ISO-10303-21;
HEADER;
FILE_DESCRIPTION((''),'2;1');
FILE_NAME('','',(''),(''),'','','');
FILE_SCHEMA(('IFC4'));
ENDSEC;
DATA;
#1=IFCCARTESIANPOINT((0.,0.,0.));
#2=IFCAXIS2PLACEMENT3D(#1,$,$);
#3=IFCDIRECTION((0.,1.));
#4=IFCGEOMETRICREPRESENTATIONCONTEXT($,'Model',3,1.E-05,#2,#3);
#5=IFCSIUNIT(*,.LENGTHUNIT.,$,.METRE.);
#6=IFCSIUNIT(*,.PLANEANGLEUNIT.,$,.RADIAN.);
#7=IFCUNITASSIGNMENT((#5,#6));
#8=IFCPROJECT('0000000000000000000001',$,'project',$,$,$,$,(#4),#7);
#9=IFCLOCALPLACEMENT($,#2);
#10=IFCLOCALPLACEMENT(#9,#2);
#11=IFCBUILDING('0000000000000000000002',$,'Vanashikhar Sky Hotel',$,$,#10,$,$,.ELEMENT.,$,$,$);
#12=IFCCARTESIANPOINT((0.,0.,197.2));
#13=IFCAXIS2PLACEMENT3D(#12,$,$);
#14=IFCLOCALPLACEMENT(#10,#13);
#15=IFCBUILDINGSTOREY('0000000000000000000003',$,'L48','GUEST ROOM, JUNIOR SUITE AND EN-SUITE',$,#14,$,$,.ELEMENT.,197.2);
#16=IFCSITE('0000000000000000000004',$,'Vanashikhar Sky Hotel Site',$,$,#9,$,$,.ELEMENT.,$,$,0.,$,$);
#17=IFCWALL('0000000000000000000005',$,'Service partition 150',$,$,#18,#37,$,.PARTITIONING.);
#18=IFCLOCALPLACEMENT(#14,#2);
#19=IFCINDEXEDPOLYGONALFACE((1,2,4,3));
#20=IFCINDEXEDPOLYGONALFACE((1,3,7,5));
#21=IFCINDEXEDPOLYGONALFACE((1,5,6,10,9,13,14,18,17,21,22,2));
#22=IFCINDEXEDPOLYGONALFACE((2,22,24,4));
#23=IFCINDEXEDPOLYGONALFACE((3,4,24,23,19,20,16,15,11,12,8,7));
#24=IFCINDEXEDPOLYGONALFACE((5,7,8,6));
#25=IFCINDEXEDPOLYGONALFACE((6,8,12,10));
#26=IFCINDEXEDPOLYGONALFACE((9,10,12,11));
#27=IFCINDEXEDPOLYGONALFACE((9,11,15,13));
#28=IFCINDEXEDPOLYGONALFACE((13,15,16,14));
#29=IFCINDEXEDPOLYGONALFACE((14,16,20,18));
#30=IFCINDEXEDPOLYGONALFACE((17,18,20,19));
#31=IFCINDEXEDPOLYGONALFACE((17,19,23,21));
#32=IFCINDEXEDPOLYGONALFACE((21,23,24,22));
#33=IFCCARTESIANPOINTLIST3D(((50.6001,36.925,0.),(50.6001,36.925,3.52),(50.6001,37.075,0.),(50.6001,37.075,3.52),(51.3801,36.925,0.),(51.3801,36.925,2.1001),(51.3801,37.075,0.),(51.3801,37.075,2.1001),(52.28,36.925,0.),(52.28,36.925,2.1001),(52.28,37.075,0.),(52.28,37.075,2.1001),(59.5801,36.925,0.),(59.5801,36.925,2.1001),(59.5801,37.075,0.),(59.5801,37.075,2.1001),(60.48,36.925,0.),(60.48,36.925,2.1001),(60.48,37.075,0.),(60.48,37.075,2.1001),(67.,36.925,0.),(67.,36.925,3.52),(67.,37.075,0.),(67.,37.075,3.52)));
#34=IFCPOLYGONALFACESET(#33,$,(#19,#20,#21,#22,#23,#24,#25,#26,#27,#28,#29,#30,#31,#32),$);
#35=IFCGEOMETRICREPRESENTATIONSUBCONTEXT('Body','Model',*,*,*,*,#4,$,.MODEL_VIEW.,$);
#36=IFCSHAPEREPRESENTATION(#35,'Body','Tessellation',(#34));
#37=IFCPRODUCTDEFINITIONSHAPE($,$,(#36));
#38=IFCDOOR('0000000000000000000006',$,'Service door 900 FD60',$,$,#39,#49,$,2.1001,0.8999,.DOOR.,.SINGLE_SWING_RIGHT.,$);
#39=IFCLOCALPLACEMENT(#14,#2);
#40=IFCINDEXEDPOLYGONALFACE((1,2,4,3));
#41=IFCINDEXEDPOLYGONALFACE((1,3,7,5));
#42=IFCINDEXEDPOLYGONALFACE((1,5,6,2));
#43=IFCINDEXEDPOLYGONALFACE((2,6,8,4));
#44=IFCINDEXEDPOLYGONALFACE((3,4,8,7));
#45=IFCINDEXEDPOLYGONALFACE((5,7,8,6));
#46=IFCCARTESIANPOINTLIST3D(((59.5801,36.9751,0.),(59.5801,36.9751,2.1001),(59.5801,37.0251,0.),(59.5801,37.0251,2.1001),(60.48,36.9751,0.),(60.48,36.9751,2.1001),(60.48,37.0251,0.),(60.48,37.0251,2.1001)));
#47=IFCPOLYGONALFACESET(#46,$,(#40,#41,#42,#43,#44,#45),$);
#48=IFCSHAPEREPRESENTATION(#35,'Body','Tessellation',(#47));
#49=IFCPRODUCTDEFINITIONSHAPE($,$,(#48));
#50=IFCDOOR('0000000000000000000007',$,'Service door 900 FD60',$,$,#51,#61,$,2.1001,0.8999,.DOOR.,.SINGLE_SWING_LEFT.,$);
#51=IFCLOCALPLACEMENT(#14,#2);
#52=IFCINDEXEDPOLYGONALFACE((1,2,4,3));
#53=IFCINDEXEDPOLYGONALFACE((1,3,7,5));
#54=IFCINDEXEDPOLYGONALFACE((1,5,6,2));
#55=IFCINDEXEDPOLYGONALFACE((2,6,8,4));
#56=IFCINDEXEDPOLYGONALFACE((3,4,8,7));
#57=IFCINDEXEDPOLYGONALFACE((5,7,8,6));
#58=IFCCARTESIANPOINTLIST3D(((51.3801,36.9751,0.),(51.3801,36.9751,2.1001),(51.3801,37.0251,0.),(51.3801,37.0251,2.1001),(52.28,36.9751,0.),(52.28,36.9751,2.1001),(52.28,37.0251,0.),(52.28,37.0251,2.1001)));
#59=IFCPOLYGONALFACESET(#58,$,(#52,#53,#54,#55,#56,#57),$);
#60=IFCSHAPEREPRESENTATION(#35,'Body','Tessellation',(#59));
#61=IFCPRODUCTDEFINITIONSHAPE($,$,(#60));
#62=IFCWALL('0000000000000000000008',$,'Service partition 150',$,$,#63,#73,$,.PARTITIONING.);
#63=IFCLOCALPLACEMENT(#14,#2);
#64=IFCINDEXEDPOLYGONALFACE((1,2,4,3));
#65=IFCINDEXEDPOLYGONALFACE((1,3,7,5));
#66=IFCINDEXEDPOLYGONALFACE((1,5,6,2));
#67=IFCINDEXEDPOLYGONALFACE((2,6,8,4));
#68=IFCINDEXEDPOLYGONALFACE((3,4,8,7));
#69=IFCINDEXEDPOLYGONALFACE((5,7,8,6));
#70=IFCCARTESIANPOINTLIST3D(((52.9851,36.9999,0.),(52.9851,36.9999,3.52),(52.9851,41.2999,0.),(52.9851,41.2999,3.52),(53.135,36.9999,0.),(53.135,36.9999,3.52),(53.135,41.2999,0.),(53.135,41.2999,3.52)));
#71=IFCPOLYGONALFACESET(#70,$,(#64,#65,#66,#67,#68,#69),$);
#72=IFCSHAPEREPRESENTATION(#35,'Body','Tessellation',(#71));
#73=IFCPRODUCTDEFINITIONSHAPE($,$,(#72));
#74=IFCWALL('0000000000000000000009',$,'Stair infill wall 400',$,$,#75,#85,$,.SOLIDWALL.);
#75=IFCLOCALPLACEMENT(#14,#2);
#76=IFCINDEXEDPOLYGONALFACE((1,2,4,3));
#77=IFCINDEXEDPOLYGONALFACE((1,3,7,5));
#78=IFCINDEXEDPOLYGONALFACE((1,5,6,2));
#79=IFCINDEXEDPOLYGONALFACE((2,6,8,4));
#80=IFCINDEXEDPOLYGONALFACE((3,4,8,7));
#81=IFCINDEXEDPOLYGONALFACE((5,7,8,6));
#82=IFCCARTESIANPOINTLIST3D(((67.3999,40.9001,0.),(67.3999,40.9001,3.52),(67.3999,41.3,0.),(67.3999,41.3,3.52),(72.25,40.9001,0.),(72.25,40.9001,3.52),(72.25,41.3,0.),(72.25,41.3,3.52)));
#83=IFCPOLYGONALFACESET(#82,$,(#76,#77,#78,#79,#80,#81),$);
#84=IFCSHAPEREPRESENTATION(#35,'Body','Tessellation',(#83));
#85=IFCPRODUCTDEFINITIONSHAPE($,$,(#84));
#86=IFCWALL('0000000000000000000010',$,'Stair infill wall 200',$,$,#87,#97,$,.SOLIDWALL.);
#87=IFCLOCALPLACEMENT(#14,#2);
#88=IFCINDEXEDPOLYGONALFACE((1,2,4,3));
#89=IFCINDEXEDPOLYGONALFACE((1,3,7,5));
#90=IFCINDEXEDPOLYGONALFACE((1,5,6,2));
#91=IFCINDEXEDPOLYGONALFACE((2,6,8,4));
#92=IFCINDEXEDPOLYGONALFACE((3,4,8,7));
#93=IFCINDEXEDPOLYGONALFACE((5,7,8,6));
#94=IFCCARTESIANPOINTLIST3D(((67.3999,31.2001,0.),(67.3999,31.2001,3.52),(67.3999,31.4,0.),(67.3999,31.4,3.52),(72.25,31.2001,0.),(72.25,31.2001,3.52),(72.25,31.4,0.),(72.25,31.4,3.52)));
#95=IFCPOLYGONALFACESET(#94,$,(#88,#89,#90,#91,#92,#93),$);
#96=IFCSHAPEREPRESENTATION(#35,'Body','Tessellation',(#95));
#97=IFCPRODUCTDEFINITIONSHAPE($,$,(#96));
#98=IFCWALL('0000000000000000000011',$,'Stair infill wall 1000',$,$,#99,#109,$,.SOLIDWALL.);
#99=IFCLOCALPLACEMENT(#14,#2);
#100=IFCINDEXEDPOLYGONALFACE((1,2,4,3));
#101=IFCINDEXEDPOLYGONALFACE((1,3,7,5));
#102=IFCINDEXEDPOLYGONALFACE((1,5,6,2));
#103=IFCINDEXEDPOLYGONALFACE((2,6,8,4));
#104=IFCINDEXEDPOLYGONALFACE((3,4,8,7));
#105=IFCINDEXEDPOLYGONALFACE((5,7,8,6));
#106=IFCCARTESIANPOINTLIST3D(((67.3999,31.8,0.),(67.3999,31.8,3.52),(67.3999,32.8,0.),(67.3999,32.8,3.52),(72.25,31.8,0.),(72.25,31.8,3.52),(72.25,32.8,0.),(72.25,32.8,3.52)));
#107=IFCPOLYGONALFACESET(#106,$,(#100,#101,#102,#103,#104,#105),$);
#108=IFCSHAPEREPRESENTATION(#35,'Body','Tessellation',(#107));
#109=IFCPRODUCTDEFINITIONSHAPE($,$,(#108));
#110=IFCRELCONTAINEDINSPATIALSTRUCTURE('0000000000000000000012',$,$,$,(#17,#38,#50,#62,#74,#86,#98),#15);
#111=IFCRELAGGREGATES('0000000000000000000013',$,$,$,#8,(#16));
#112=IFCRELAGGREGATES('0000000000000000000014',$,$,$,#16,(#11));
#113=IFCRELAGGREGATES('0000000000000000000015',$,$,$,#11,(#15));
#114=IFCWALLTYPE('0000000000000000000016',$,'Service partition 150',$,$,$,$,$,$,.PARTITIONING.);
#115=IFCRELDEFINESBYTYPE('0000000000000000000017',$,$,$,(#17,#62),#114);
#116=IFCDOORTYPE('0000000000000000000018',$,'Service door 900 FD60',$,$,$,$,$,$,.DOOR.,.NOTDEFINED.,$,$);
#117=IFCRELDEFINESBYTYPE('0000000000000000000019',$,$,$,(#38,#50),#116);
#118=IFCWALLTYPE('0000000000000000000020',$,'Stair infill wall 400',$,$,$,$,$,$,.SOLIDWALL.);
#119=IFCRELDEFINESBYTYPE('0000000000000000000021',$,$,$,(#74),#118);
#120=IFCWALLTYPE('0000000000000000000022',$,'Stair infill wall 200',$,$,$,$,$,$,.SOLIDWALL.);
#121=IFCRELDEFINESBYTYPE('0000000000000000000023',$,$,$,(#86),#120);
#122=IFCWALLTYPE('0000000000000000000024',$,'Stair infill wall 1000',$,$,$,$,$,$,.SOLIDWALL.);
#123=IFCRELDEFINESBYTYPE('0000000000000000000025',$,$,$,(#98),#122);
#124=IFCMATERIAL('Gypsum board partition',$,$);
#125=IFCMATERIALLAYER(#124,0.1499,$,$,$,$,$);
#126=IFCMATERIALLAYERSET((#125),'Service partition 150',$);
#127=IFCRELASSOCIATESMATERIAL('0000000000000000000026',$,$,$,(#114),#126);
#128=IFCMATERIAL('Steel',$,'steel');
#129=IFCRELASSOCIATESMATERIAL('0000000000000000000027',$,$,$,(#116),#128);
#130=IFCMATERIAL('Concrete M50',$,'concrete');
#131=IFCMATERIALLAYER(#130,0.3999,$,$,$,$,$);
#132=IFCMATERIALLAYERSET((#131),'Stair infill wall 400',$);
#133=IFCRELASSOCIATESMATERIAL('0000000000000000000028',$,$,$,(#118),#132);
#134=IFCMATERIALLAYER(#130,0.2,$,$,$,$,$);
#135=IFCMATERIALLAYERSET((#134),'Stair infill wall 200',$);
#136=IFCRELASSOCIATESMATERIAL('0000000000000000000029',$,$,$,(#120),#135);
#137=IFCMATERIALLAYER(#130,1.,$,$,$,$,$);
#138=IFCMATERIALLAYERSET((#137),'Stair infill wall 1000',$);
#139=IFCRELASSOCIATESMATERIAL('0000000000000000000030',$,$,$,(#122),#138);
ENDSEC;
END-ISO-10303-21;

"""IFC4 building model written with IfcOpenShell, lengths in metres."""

from ifc_helpers import new_model, si_unit, direction, frame, frame_2d, origin, place, context, subcontext, project, spatial, rectangle, extrude, source, transform, mapped, material, layer, layer_set, type_object, element, fill, save


model = new_model("IFC4")

# Units and contexts
model_context = context("Model", 3, precision=1e-05, world=origin(), true_north=direction((0.0, 1.0)))
body_context = subcontext(model_context, "Body", "Model", "MODEL_VIEW")
ifc_project = project(units=[si_unit("LENGTHUNIT", "METRE"), si_unit("PLANEANGLEUNIT", "RADIAN")], contexts=[model_context])

# Site, building, storey
site_placement = place(None, origin())
site = spatial("IfcSite", under=ifc_project, at=site_placement, Name="Vanashikhar Sky Hotel Site", CompositionType="ELEMENT", RefElevation=0.0)
building_placement = place(site_placement, origin())
building = spatial("IfcBuilding", under=site, at=building_placement, Name="Vanashikhar Sky Hotel", CompositionType="ELEMENT")
storey_placement = place(building_placement, frame((0.0, 0.0, 197.2)))
storey = spatial("IfcBuildingStorey", under=building, at=storey_placement, Name="L48", Description="GUEST ROOM, JUNIOR SUITE AND EN-SUITE", CompositionType="ELEMENT", Elevation=197.2)

# Shared definitions
ifc_material_1 = material(Name="Steel", Category="steel")

# Shared definitions
ifc_material_2 = material(Name="Gypsum board partition")
ifc_layer_1 = layer(ifc_material_2, 0.1499)
ifc_layer_set_1 = layer_set([ifc_layer_1], Name="Service partition 150")
wall_type_1 = type_object("IfcWallType", Name="Service partition 150", PredefinedType="PARTITIONING", material=ifc_layer_set_1)

# Wall, openings, doors
shared_shape_1 = source(origin(), body_context, "Body", "SweptSolid", [
    extrude(rectangle(XDim=0.8999, YDim=2.1001, at=frame_2d((0.45, 1.05))), frame((0.0, 0.085, 0.0), z_axis=(0.0, -1.0, 0.0), x_axis=(1.0, 0.0, 0.0)), (0.0, 0.0, 1.0), 0.1699),
])
door_type_1 = type_object("IfcDoorType", Name="Service door 900 FD60", OperationType="NOTDEFINED", PredefinedType="DOOR", material=ifc_material_1)
shared_shape_2 = source(origin(), body_context, "Body", "SweptSolid", [
    extrude(rectangle(XDim=0.8999, YDim=2.1001, at=frame_2d((0.45, 1.05))), frame((0.0, 0.0249, 0.0), z_axis=(0.0, -1.0, 0.0), x_axis=(1.0, 0.0, 0.0)), (0.0, 0.0, 1.0), 0.05),
])
shared_shape_3 = source(origin(), body_context, "Body", "SweptSolid", [
    extrude(rectangle(XDim=16.3999, YDim=0.1499, at=frame_2d((8.2, 0.0))), origin(), (0.0, 0.0, 1.0), 3.52),
])
wall_1_placement = place(storey_placement, frame((67.0, 37.0, 0.0), z_axis=(0.0, 0.0, 1.0), x_axis=(-1.0, 0.0, 0.0)))
wall_1 = element("IfcWall", 1, at=wall_1_placement, inside=storey, type_object=wall_type_1, Name="Service partition 150", PredefinedType="PARTITIONING", context=body_context, shape_type="MappedRepresentation", body=[
    mapped(shared_shape_3, transform((0.0, 0.0, 0.0), scale=1.0)),
])
opening_1_placement = place(wall_1_placement, frame((6.52, 0.0, 0.0)))
opening_1 = element("IfcOpeningElement", 2, at=opening_1_placement, cuts=wall_1, PredefinedType="OPENING", context=body_context, shape_type="MappedRepresentation", body=[
    mapped(shared_shape_1, transform((0.0, 0.0, 0.0), scale=1.0)),
])
opening_2_placement = place(wall_1_placement, frame((14.72, 0.0, 0.0)))
opening_2 = element("IfcOpeningElement", 3, at=opening_2_placement, cuts=wall_1, PredefinedType="OPENING", context=body_context, shape_type="MappedRepresentation", body=[
    mapped(shared_shape_1, transform((0.0, 0.0, 0.0), scale=1.0)),
])
door_1_placement = place(opening_1_placement, origin())
door_1 = element("IfcDoor", 4, at=door_1_placement, inside=storey, type_object=door_type_1, Name="Service door 900 FD60", OperationType="SINGLE_SWING_RIGHT", OverallHeight=2.1001, OverallWidth=0.8999, PredefinedType="DOOR", context=body_context, shape_type="MappedRepresentation", body=[
    mapped(shared_shape_2, transform((0.0, 0.0, 0.0), scale=1.0)),
])
fill(opening_1, door_1)
door_2_placement = place(opening_2_placement, origin())
door_2 = element("IfcDoor", 5, at=door_2_placement, inside=storey, type_object=door_type_1, Name="Service door 900 FD60", OperationType="SINGLE_SWING_LEFT", OverallHeight=2.1001, OverallWidth=0.8999, PredefinedType="DOOR", context=body_context, shape_type="MappedRepresentation", body=[
    mapped(shared_shape_2, transform((0.0, 0.0, 0.0), scale=1.0)),
])
fill(opening_2, door_2)

# Walls
shared_shape_4 = source(origin(), body_context, "Body", "SweptSolid", [
    extrude(rectangle(XDim=4.3, YDim=0.1499, at=frame_2d((2.1499, 0.0))), origin(), (0.0, 0.0, 1.0), 3.52),
])
wall_2_placement = place(storey_placement, frame((53.0601, 37.0, 0.0), z_axis=(0.0, 0.0, 1.0), x_axis=(0.0, 1.0, 0.0)))
element("IfcWall", 6, at=wall_2_placement, inside=storey, type_object=wall_type_1, Name="Service partition 150", PredefinedType="PARTITIONING", context=body_context, shape_type="MappedRepresentation", body=[
    mapped(shared_shape_4, transform((0.0, 0.0, 0.0), scale=1.0)),
])
ifc_material_3 = material(Name="Concrete M50", Category="concrete")
ifc_layer_2 = layer(ifc_material_3, 0.3999)
ifc_layer_set_2 = layer_set([ifc_layer_2], Name="Stair infill wall 400")
wall_type_2 = type_object("IfcWallType", Name="Stair infill wall 400", PredefinedType="SOLIDWALL", material=ifc_layer_set_2)
shared_shape_5 = source(origin(), body_context, "Body", "SweptSolid", [
    extrude(rectangle(XDim=4.8501, YDim=0.3999, at=frame_2d((2.425, 0.0))), origin(), (0.0, 0.0, 1.0), 3.52),
])
wall_3_placement = place(storey_placement, frame((67.3999, 41.1001, 0.0), z_axis=(0.0, 0.0, 1.0), x_axis=(1.0, 0.0, 0.0)))
element("IfcWall", 7, at=wall_3_placement, inside=storey, type_object=wall_type_2, Name="Stair infill wall 400", PredefinedType="SOLIDWALL", context=body_context, shape_type="MappedRepresentation", body=[
    mapped(shared_shape_5, transform((0.0, 0.0, 0.0), scale=1.0)),
])
ifc_layer_3 = layer(ifc_material_3, 0.2)
ifc_layer_set_3 = layer_set([ifc_layer_3], Name="Stair infill wall 200")
wall_type_3 = type_object("IfcWallType", Name="Stair infill wall 200", PredefinedType="SOLIDWALL", material=ifc_layer_set_3)
shared_shape_6 = source(origin(), body_context, "Body", "SweptSolid", [
    extrude(rectangle(XDim=4.8501, YDim=0.2, at=frame_2d((2.425, 0.0))), origin(), (0.0, 0.0, 1.0), 3.52),
])
wall_4_placement = place(storey_placement, frame((67.3999, 31.3, 0.0), z_axis=(0.0, 0.0, 1.0), x_axis=(1.0, 0.0, 0.0)))
element("IfcWall", 8, at=wall_4_placement, inside=storey, type_object=wall_type_3, Name="Stair infill wall 200", PredefinedType="SOLIDWALL", context=body_context, shape_type="MappedRepresentation", body=[
    mapped(shared_shape_6, transform((0.0, 0.0, 0.0), scale=1.0)),
])
ifc_layer_4 = layer(ifc_material_3, 1.0)
ifc_layer_set_4 = layer_set([ifc_layer_4], Name="Stair infill wall 1000")
wall_type_4 = type_object("IfcWallType", Name="Stair infill wall 1000", PredefinedType="SOLIDWALL", material=ifc_layer_set_4)
shared_shape_7 = source(origin(), body_context, "Body", "SweptSolid", [
    extrude(rectangle(XDim=4.8501, YDim=1.0, at=frame_2d((2.425, 0.0))), origin(), (0.0, 0.0, 1.0), 3.52),
])
wall_5_placement = place(storey_placement, frame((67.3999, 32.3, 0.0), z_axis=(0.0, 0.0, 1.0), x_axis=(1.0, 0.0, 0.0)))
element("IfcWall", 9, at=wall_5_placement, inside=storey, type_object=wall_type_4, Name="Stair infill wall 1000", PredefinedType="SOLIDWALL", context=body_context, shape_type="MappedRepresentation", body=[
    mapped(shared_shape_7, transform((0.0, 0.0, 0.0), scale=1.0)),
])

save(model, "model.ifc")
